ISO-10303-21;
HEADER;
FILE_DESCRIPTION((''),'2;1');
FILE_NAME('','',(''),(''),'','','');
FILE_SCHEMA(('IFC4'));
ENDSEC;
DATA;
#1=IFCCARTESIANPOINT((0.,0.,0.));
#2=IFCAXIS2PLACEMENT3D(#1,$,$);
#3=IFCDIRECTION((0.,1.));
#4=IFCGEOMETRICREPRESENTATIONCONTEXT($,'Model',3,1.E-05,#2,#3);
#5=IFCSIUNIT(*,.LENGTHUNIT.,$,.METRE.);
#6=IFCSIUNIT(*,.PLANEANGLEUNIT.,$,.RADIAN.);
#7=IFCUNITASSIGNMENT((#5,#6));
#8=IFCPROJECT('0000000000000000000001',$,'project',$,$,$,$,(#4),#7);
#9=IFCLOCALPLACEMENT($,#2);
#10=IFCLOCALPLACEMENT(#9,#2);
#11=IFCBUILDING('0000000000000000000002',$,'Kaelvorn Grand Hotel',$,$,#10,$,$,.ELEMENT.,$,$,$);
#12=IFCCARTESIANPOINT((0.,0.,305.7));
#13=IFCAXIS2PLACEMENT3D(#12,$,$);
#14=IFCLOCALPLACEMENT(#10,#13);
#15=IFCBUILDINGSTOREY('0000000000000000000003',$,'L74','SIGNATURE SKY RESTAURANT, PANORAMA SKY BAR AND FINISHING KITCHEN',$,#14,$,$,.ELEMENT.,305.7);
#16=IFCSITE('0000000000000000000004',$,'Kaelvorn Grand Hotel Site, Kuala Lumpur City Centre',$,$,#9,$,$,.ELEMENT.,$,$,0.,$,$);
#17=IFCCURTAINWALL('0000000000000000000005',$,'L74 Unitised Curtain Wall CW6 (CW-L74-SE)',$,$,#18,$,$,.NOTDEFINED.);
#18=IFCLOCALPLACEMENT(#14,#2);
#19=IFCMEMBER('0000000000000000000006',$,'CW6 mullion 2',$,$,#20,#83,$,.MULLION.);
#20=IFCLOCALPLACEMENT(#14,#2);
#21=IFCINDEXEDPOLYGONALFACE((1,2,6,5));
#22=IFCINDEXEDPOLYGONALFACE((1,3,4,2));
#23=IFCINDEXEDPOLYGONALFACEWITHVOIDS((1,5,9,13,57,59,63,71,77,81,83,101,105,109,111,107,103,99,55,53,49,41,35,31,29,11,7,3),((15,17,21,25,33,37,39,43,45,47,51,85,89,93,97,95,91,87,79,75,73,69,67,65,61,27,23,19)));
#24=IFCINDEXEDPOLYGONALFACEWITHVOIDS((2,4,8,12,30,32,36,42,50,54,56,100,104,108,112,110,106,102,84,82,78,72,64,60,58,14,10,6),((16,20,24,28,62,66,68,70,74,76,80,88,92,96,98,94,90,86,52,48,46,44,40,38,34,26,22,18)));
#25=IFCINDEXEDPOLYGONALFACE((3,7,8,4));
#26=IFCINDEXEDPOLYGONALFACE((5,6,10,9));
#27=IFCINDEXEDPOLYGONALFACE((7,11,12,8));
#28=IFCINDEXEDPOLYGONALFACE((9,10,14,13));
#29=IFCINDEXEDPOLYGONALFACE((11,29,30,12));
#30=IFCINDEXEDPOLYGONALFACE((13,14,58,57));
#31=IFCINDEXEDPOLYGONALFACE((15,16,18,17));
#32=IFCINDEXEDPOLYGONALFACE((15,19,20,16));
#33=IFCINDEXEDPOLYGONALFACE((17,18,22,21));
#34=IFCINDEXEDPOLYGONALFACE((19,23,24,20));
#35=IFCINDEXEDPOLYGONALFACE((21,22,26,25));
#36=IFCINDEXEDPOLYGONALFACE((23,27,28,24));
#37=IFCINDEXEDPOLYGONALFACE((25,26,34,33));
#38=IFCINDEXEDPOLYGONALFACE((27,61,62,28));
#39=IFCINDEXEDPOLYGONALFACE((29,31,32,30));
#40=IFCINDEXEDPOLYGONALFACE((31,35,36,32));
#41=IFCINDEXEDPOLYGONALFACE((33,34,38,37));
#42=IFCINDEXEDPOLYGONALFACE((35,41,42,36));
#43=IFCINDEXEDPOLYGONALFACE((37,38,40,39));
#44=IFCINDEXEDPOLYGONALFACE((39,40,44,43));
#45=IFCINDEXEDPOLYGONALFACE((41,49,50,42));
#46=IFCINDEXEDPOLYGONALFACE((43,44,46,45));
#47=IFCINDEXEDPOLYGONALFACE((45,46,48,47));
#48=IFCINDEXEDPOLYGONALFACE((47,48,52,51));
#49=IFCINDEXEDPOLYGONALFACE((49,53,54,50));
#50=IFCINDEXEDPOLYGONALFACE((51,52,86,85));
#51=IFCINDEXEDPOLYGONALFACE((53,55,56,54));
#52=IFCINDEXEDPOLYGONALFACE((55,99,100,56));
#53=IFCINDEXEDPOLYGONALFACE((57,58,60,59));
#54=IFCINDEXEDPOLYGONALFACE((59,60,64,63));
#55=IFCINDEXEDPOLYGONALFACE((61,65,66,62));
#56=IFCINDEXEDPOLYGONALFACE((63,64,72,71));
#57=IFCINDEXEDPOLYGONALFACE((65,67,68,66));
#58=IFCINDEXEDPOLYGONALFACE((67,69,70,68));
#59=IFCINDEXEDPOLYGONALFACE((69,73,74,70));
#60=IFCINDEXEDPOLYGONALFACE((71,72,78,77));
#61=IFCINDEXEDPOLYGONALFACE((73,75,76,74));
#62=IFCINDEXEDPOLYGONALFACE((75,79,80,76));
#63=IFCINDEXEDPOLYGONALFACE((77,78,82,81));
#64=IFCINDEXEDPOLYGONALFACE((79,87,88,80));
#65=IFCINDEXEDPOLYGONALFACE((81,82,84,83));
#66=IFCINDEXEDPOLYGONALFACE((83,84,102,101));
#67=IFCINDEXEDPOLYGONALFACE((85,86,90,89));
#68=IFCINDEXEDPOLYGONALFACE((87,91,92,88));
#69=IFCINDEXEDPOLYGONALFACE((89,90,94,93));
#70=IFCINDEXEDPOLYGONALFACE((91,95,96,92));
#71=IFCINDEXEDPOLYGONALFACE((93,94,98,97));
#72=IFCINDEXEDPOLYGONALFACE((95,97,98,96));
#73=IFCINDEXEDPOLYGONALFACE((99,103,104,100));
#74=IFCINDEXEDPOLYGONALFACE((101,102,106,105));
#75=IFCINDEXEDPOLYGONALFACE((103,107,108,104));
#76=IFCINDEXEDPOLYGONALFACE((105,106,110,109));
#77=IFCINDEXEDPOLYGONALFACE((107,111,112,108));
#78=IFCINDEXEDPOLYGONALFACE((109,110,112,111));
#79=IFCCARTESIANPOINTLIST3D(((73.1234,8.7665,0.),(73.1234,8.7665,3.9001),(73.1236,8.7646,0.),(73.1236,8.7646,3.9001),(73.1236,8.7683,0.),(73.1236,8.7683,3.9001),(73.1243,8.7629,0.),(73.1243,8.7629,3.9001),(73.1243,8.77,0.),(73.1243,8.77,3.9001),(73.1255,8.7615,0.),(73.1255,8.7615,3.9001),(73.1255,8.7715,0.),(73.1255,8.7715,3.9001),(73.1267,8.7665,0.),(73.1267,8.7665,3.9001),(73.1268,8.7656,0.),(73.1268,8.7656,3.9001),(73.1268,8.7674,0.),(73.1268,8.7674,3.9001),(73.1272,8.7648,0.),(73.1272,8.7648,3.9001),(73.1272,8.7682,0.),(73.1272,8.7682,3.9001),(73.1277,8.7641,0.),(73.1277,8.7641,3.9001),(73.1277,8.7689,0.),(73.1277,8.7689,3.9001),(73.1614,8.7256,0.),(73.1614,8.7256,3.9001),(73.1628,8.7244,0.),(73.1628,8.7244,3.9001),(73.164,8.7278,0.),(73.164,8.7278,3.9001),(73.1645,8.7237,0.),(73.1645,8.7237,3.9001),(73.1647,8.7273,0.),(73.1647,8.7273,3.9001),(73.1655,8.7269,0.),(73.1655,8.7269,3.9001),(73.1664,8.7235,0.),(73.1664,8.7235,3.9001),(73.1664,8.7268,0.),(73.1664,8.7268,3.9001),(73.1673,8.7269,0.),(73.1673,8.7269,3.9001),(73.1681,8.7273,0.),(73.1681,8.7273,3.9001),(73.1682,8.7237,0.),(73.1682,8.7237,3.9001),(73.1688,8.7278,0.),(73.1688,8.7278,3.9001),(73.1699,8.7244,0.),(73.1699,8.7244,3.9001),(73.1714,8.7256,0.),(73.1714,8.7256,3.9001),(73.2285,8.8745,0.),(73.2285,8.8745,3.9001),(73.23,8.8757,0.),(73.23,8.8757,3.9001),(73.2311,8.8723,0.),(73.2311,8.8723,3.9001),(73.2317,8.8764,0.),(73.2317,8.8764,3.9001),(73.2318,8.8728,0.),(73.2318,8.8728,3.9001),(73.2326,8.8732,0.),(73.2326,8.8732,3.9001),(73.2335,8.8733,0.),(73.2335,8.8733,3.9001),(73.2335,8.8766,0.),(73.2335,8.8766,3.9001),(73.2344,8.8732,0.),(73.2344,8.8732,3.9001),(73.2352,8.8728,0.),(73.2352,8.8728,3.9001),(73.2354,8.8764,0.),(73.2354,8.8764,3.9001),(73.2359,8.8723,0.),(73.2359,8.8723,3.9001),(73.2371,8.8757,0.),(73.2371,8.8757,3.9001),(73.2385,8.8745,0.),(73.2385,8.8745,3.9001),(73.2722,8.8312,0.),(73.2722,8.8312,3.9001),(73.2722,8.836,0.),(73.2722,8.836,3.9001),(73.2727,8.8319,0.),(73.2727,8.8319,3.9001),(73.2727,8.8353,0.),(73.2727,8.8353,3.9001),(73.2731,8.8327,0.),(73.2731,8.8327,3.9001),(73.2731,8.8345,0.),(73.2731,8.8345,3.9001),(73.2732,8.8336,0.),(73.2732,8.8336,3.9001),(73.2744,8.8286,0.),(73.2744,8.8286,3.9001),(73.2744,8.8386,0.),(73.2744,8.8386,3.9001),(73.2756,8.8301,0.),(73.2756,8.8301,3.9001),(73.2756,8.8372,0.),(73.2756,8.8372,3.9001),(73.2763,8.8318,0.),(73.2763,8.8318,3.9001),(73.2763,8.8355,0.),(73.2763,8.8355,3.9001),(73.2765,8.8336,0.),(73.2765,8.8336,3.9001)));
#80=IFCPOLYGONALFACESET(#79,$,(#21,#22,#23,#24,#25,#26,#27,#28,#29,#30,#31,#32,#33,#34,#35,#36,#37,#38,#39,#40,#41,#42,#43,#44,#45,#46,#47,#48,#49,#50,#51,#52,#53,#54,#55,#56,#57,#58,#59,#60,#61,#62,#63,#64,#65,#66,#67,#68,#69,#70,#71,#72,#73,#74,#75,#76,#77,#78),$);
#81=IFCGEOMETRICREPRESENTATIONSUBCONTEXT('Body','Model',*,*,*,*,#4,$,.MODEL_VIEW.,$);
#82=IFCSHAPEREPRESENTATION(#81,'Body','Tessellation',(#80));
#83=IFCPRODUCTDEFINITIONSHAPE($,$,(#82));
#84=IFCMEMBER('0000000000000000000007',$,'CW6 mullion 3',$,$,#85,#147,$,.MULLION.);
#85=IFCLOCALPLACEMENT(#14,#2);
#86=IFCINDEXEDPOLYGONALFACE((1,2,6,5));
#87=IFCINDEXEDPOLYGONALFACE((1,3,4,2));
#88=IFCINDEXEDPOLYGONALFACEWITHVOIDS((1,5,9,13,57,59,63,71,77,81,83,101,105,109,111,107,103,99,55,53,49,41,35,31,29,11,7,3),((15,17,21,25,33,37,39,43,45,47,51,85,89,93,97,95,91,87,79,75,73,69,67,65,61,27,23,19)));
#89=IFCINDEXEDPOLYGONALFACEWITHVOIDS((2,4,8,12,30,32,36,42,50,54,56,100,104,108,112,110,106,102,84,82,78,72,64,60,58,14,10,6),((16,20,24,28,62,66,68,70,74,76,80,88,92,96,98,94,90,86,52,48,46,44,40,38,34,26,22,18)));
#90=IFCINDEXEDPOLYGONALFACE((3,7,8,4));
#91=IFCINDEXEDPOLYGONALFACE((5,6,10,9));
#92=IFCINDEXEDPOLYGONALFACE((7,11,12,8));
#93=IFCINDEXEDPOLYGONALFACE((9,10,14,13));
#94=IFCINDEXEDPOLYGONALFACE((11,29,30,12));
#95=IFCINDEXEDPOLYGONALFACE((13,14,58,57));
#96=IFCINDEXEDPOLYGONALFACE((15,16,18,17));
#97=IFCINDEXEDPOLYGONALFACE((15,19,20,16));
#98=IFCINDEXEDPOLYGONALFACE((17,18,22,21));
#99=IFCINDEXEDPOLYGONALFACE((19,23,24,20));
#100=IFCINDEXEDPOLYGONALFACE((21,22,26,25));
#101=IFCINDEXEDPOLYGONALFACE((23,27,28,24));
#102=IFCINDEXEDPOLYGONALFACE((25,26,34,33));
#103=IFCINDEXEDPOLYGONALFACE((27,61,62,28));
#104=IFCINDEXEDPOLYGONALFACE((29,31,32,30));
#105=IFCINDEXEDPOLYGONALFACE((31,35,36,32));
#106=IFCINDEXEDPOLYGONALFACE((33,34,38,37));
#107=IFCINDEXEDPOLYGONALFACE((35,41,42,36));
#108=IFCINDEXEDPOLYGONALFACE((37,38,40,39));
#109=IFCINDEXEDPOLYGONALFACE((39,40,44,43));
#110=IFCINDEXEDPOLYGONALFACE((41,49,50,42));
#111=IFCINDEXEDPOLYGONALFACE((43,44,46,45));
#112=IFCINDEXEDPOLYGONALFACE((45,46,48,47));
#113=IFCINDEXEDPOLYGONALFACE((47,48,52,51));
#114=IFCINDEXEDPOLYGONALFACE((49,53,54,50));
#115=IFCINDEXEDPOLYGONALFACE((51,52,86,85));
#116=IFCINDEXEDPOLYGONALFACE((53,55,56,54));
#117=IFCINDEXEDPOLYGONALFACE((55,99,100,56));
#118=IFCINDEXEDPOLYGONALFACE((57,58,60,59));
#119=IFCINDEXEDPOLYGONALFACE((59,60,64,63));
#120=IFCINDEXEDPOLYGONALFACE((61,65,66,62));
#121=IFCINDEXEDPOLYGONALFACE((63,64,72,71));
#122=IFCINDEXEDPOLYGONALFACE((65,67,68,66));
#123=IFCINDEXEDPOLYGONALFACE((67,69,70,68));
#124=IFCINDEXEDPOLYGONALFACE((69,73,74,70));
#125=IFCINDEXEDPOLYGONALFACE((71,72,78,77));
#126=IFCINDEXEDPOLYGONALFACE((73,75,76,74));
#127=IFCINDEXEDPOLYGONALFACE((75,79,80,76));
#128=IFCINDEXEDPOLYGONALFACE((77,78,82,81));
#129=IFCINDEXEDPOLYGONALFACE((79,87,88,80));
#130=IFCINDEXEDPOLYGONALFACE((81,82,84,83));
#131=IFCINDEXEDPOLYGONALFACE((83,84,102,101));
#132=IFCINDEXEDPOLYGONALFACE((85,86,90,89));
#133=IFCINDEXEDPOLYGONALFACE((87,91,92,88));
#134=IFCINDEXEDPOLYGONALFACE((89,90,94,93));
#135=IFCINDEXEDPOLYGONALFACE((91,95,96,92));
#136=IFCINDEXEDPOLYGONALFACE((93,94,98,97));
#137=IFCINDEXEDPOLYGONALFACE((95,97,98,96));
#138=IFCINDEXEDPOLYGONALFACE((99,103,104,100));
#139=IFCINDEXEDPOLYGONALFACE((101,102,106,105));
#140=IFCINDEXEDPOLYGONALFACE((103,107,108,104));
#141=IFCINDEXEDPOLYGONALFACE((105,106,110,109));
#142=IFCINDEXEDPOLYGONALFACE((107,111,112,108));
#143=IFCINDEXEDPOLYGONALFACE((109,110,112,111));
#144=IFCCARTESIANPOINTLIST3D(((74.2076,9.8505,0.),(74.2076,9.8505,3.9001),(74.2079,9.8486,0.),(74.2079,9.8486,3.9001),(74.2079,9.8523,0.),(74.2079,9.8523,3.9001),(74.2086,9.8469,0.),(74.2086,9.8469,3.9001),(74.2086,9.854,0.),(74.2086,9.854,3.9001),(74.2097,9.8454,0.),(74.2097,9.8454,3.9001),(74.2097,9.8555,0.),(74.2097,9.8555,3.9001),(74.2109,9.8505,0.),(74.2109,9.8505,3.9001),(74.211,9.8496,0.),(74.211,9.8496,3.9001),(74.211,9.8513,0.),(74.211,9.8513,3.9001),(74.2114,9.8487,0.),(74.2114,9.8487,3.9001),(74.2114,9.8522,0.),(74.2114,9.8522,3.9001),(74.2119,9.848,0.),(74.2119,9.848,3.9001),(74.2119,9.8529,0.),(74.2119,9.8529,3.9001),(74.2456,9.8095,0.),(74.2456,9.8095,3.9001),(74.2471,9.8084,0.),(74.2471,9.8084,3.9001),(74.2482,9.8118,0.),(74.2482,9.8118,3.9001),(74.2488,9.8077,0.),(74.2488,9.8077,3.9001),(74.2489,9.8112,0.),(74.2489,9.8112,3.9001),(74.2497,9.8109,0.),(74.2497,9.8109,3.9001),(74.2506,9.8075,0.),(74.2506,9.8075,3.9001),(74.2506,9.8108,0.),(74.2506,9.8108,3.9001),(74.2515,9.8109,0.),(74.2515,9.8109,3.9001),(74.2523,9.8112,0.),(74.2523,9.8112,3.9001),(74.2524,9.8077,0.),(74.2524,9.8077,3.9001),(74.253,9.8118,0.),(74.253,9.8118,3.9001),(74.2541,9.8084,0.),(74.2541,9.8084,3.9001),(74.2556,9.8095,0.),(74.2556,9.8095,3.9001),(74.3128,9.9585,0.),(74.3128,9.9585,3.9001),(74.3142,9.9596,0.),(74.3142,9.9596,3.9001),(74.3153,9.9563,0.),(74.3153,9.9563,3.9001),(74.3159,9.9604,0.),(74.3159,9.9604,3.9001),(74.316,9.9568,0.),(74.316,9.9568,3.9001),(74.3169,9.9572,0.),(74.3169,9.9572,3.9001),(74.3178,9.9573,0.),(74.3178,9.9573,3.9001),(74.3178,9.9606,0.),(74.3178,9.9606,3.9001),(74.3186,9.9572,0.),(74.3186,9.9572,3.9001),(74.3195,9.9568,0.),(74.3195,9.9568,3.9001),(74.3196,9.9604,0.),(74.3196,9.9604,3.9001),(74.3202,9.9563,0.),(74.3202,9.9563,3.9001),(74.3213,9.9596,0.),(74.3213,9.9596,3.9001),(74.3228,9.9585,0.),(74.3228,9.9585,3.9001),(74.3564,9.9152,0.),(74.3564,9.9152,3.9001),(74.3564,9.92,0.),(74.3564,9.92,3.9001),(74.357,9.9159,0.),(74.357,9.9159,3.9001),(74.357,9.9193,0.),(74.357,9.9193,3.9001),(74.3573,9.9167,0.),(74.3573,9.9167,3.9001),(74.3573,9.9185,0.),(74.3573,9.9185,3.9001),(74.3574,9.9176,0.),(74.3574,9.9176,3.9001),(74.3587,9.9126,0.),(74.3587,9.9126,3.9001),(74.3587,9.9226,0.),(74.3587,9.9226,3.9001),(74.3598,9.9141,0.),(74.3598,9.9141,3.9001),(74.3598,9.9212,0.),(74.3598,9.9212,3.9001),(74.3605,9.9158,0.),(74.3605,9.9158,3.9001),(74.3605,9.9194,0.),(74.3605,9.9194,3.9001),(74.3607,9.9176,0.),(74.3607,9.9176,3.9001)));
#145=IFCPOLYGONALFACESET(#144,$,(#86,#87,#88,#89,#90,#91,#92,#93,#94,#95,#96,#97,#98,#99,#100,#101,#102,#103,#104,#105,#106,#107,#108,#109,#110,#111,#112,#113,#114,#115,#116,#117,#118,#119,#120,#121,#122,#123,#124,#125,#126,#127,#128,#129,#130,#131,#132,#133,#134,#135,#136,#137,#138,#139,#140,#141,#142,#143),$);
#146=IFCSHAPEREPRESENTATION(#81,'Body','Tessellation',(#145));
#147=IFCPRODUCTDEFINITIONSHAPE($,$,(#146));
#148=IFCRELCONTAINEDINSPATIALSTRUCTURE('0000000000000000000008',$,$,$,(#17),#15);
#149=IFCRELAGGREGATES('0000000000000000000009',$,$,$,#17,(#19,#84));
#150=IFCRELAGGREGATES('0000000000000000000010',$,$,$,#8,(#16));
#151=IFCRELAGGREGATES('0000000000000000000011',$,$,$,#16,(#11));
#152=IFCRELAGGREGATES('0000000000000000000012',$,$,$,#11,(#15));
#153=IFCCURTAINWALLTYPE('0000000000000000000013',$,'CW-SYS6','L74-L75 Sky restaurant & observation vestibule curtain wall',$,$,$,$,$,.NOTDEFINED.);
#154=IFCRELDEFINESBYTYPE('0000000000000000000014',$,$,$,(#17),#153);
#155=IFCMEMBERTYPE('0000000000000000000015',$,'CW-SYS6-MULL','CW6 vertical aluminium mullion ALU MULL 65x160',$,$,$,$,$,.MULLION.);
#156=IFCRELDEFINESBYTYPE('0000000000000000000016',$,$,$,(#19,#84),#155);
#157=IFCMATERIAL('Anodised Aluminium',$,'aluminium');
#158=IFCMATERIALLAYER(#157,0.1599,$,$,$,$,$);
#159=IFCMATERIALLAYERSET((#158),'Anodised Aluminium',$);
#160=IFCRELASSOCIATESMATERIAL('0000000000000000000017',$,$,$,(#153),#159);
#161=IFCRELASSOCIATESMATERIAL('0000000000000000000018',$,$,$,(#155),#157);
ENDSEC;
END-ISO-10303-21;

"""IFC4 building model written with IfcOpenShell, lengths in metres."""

from ifc_helpers import new_model, si_unit, direction, frame, origin, origin_2d, place, context, subcontext, project, spatial, hollow_rectangle, extrude, material, layer, layer_set, material_profile, profile_set, type_object, element, aggregate, save


model = new_model("IFC4")

# Units and contexts
model_context = context("Model", 3, precision=1e-05, world=origin(), true_north=direction((0.0, 1.0)))
body_context = subcontext(model_context, "Body", "Model", "MODEL_VIEW")
ifc_project = project(units=[si_unit("LENGTHUNIT", "METRE"), si_unit("PLANEANGLEUNIT", "RADIAN")], contexts=[model_context])

# Site, building, storey
site_placement = place(None, origin())
site = spatial("IfcSite", under=ifc_project, at=site_placement, Name="Kaelvorn Grand Hotel Site, Kuala Lumpur City Centre", CompositionType="ELEMENT", RefElevation=0.0)
building_placement = place(site_placement, origin())
building = spatial("IfcBuilding", under=site, at=building_placement, Name="Kaelvorn Grand Hotel", CompositionType="ELEMENT")
storey_placement = place(building_placement, frame((0.0, 0.0, 305.7)))
storey = spatial("IfcBuildingStorey", under=building, at=storey_placement, Name="L74", Description="SIGNATURE SKY RESTAURANT, PANORAMA SKY BAR AND FINISHING KITCHEN", CompositionType="ELEMENT", Elevation=305.7)

# Shared definitions
ifc_material_1 = material(Name="Anodised Aluminium", Category="aluminium")
ifc_layer_1 = layer(ifc_material_1, 0.1599)
ifc_layer_set_1 = layer_set([ifc_layer_1], Name="Anodised Aluminium")
curtain_wall_type = type_object("IfcCurtainWallType", Name="CW-SYS6", Description="L74-L75 Sky restaurant & observation vestibule curtain wall", PredefinedType="NOTDEFINED", material=ifc_layer_set_1)
ifc_material_profile_1 = material_profile(ifc_material_1, hollow_rectangle(XDim=0.0649, YDim=0.1599, WallThickness=0.0034, InnerFilletRadius=0.0034, OuterFilletRadius=0.0071, at=origin_2d()), Name="ALU MULL 65x160")
ifc_profile_set_1 = profile_set([ifc_material_profile_1], Name="Anodised Aluminium")
member_type_1 = type_object("IfcMemberType", Name="CW-SYS6-MULL", Description="CW6 vertical aluminium mullion ALU MULL 65x160", PredefinedType="MULLION", material=ifc_profile_set_1)

# Curtain wall, members
curtain_wall_1_placement = place(storey_placement, origin())
curtain_wall_1 = element("IfcCurtainWall", 1, at=curtain_wall_1_placement, inside=storey, type_object=curtain_wall_type, Name="L74 Unitised Curtain Wall CW6 (CW-L74-SE)", PredefinedType="NOTDEFINED")
member_1_placement = place(storey_placement, frame((73.2, 8.8, 0.0), z_axis=(0.0, 0.0, 1.0), x_axis=(-0.707107, 0.707107, 0.0)))
member_1 = element("IfcMember", 2, at=member_1_placement, type_object=member_type_1, Name="CW6 mullion 2", PredefinedType="MULLION", context=body_context, shape_type="SweptSolid", body=[
    extrude(hollow_rectangle(XDim=0.0649, YDim=0.1599, WallThickness=0.0034, InnerFilletRadius=0.0034, OuterFilletRadius=0.0071, at=origin_2d()), origin(), (0.0, 0.0, 1.0), 3.9001),
])
member_2_placement = place(storey_placement, frame((74.2842, 9.884, 0.0), z_axis=(0.0, 0.0, 1.0), x_axis=(-0.707107, 0.707107, 0.0)))
member_2 = element("IfcMember", 3, at=member_2_placement, type_object=member_type_1, Name="CW6 mullion 3", PredefinedType="MULLION", context=body_context, shape_type="SweptSolid", body=[
    extrude(hollow_rectangle(XDim=0.0649, YDim=0.1599, WallThickness=0.0034, InnerFilletRadius=0.0034, OuterFilletRadius=0.0071, at=origin_2d()), origin(), (0.0, 0.0, 1.0), 3.9001),
])
aggregate(curtain_wall_1, [member_1, member_2])

save(model, "model.ifc")
